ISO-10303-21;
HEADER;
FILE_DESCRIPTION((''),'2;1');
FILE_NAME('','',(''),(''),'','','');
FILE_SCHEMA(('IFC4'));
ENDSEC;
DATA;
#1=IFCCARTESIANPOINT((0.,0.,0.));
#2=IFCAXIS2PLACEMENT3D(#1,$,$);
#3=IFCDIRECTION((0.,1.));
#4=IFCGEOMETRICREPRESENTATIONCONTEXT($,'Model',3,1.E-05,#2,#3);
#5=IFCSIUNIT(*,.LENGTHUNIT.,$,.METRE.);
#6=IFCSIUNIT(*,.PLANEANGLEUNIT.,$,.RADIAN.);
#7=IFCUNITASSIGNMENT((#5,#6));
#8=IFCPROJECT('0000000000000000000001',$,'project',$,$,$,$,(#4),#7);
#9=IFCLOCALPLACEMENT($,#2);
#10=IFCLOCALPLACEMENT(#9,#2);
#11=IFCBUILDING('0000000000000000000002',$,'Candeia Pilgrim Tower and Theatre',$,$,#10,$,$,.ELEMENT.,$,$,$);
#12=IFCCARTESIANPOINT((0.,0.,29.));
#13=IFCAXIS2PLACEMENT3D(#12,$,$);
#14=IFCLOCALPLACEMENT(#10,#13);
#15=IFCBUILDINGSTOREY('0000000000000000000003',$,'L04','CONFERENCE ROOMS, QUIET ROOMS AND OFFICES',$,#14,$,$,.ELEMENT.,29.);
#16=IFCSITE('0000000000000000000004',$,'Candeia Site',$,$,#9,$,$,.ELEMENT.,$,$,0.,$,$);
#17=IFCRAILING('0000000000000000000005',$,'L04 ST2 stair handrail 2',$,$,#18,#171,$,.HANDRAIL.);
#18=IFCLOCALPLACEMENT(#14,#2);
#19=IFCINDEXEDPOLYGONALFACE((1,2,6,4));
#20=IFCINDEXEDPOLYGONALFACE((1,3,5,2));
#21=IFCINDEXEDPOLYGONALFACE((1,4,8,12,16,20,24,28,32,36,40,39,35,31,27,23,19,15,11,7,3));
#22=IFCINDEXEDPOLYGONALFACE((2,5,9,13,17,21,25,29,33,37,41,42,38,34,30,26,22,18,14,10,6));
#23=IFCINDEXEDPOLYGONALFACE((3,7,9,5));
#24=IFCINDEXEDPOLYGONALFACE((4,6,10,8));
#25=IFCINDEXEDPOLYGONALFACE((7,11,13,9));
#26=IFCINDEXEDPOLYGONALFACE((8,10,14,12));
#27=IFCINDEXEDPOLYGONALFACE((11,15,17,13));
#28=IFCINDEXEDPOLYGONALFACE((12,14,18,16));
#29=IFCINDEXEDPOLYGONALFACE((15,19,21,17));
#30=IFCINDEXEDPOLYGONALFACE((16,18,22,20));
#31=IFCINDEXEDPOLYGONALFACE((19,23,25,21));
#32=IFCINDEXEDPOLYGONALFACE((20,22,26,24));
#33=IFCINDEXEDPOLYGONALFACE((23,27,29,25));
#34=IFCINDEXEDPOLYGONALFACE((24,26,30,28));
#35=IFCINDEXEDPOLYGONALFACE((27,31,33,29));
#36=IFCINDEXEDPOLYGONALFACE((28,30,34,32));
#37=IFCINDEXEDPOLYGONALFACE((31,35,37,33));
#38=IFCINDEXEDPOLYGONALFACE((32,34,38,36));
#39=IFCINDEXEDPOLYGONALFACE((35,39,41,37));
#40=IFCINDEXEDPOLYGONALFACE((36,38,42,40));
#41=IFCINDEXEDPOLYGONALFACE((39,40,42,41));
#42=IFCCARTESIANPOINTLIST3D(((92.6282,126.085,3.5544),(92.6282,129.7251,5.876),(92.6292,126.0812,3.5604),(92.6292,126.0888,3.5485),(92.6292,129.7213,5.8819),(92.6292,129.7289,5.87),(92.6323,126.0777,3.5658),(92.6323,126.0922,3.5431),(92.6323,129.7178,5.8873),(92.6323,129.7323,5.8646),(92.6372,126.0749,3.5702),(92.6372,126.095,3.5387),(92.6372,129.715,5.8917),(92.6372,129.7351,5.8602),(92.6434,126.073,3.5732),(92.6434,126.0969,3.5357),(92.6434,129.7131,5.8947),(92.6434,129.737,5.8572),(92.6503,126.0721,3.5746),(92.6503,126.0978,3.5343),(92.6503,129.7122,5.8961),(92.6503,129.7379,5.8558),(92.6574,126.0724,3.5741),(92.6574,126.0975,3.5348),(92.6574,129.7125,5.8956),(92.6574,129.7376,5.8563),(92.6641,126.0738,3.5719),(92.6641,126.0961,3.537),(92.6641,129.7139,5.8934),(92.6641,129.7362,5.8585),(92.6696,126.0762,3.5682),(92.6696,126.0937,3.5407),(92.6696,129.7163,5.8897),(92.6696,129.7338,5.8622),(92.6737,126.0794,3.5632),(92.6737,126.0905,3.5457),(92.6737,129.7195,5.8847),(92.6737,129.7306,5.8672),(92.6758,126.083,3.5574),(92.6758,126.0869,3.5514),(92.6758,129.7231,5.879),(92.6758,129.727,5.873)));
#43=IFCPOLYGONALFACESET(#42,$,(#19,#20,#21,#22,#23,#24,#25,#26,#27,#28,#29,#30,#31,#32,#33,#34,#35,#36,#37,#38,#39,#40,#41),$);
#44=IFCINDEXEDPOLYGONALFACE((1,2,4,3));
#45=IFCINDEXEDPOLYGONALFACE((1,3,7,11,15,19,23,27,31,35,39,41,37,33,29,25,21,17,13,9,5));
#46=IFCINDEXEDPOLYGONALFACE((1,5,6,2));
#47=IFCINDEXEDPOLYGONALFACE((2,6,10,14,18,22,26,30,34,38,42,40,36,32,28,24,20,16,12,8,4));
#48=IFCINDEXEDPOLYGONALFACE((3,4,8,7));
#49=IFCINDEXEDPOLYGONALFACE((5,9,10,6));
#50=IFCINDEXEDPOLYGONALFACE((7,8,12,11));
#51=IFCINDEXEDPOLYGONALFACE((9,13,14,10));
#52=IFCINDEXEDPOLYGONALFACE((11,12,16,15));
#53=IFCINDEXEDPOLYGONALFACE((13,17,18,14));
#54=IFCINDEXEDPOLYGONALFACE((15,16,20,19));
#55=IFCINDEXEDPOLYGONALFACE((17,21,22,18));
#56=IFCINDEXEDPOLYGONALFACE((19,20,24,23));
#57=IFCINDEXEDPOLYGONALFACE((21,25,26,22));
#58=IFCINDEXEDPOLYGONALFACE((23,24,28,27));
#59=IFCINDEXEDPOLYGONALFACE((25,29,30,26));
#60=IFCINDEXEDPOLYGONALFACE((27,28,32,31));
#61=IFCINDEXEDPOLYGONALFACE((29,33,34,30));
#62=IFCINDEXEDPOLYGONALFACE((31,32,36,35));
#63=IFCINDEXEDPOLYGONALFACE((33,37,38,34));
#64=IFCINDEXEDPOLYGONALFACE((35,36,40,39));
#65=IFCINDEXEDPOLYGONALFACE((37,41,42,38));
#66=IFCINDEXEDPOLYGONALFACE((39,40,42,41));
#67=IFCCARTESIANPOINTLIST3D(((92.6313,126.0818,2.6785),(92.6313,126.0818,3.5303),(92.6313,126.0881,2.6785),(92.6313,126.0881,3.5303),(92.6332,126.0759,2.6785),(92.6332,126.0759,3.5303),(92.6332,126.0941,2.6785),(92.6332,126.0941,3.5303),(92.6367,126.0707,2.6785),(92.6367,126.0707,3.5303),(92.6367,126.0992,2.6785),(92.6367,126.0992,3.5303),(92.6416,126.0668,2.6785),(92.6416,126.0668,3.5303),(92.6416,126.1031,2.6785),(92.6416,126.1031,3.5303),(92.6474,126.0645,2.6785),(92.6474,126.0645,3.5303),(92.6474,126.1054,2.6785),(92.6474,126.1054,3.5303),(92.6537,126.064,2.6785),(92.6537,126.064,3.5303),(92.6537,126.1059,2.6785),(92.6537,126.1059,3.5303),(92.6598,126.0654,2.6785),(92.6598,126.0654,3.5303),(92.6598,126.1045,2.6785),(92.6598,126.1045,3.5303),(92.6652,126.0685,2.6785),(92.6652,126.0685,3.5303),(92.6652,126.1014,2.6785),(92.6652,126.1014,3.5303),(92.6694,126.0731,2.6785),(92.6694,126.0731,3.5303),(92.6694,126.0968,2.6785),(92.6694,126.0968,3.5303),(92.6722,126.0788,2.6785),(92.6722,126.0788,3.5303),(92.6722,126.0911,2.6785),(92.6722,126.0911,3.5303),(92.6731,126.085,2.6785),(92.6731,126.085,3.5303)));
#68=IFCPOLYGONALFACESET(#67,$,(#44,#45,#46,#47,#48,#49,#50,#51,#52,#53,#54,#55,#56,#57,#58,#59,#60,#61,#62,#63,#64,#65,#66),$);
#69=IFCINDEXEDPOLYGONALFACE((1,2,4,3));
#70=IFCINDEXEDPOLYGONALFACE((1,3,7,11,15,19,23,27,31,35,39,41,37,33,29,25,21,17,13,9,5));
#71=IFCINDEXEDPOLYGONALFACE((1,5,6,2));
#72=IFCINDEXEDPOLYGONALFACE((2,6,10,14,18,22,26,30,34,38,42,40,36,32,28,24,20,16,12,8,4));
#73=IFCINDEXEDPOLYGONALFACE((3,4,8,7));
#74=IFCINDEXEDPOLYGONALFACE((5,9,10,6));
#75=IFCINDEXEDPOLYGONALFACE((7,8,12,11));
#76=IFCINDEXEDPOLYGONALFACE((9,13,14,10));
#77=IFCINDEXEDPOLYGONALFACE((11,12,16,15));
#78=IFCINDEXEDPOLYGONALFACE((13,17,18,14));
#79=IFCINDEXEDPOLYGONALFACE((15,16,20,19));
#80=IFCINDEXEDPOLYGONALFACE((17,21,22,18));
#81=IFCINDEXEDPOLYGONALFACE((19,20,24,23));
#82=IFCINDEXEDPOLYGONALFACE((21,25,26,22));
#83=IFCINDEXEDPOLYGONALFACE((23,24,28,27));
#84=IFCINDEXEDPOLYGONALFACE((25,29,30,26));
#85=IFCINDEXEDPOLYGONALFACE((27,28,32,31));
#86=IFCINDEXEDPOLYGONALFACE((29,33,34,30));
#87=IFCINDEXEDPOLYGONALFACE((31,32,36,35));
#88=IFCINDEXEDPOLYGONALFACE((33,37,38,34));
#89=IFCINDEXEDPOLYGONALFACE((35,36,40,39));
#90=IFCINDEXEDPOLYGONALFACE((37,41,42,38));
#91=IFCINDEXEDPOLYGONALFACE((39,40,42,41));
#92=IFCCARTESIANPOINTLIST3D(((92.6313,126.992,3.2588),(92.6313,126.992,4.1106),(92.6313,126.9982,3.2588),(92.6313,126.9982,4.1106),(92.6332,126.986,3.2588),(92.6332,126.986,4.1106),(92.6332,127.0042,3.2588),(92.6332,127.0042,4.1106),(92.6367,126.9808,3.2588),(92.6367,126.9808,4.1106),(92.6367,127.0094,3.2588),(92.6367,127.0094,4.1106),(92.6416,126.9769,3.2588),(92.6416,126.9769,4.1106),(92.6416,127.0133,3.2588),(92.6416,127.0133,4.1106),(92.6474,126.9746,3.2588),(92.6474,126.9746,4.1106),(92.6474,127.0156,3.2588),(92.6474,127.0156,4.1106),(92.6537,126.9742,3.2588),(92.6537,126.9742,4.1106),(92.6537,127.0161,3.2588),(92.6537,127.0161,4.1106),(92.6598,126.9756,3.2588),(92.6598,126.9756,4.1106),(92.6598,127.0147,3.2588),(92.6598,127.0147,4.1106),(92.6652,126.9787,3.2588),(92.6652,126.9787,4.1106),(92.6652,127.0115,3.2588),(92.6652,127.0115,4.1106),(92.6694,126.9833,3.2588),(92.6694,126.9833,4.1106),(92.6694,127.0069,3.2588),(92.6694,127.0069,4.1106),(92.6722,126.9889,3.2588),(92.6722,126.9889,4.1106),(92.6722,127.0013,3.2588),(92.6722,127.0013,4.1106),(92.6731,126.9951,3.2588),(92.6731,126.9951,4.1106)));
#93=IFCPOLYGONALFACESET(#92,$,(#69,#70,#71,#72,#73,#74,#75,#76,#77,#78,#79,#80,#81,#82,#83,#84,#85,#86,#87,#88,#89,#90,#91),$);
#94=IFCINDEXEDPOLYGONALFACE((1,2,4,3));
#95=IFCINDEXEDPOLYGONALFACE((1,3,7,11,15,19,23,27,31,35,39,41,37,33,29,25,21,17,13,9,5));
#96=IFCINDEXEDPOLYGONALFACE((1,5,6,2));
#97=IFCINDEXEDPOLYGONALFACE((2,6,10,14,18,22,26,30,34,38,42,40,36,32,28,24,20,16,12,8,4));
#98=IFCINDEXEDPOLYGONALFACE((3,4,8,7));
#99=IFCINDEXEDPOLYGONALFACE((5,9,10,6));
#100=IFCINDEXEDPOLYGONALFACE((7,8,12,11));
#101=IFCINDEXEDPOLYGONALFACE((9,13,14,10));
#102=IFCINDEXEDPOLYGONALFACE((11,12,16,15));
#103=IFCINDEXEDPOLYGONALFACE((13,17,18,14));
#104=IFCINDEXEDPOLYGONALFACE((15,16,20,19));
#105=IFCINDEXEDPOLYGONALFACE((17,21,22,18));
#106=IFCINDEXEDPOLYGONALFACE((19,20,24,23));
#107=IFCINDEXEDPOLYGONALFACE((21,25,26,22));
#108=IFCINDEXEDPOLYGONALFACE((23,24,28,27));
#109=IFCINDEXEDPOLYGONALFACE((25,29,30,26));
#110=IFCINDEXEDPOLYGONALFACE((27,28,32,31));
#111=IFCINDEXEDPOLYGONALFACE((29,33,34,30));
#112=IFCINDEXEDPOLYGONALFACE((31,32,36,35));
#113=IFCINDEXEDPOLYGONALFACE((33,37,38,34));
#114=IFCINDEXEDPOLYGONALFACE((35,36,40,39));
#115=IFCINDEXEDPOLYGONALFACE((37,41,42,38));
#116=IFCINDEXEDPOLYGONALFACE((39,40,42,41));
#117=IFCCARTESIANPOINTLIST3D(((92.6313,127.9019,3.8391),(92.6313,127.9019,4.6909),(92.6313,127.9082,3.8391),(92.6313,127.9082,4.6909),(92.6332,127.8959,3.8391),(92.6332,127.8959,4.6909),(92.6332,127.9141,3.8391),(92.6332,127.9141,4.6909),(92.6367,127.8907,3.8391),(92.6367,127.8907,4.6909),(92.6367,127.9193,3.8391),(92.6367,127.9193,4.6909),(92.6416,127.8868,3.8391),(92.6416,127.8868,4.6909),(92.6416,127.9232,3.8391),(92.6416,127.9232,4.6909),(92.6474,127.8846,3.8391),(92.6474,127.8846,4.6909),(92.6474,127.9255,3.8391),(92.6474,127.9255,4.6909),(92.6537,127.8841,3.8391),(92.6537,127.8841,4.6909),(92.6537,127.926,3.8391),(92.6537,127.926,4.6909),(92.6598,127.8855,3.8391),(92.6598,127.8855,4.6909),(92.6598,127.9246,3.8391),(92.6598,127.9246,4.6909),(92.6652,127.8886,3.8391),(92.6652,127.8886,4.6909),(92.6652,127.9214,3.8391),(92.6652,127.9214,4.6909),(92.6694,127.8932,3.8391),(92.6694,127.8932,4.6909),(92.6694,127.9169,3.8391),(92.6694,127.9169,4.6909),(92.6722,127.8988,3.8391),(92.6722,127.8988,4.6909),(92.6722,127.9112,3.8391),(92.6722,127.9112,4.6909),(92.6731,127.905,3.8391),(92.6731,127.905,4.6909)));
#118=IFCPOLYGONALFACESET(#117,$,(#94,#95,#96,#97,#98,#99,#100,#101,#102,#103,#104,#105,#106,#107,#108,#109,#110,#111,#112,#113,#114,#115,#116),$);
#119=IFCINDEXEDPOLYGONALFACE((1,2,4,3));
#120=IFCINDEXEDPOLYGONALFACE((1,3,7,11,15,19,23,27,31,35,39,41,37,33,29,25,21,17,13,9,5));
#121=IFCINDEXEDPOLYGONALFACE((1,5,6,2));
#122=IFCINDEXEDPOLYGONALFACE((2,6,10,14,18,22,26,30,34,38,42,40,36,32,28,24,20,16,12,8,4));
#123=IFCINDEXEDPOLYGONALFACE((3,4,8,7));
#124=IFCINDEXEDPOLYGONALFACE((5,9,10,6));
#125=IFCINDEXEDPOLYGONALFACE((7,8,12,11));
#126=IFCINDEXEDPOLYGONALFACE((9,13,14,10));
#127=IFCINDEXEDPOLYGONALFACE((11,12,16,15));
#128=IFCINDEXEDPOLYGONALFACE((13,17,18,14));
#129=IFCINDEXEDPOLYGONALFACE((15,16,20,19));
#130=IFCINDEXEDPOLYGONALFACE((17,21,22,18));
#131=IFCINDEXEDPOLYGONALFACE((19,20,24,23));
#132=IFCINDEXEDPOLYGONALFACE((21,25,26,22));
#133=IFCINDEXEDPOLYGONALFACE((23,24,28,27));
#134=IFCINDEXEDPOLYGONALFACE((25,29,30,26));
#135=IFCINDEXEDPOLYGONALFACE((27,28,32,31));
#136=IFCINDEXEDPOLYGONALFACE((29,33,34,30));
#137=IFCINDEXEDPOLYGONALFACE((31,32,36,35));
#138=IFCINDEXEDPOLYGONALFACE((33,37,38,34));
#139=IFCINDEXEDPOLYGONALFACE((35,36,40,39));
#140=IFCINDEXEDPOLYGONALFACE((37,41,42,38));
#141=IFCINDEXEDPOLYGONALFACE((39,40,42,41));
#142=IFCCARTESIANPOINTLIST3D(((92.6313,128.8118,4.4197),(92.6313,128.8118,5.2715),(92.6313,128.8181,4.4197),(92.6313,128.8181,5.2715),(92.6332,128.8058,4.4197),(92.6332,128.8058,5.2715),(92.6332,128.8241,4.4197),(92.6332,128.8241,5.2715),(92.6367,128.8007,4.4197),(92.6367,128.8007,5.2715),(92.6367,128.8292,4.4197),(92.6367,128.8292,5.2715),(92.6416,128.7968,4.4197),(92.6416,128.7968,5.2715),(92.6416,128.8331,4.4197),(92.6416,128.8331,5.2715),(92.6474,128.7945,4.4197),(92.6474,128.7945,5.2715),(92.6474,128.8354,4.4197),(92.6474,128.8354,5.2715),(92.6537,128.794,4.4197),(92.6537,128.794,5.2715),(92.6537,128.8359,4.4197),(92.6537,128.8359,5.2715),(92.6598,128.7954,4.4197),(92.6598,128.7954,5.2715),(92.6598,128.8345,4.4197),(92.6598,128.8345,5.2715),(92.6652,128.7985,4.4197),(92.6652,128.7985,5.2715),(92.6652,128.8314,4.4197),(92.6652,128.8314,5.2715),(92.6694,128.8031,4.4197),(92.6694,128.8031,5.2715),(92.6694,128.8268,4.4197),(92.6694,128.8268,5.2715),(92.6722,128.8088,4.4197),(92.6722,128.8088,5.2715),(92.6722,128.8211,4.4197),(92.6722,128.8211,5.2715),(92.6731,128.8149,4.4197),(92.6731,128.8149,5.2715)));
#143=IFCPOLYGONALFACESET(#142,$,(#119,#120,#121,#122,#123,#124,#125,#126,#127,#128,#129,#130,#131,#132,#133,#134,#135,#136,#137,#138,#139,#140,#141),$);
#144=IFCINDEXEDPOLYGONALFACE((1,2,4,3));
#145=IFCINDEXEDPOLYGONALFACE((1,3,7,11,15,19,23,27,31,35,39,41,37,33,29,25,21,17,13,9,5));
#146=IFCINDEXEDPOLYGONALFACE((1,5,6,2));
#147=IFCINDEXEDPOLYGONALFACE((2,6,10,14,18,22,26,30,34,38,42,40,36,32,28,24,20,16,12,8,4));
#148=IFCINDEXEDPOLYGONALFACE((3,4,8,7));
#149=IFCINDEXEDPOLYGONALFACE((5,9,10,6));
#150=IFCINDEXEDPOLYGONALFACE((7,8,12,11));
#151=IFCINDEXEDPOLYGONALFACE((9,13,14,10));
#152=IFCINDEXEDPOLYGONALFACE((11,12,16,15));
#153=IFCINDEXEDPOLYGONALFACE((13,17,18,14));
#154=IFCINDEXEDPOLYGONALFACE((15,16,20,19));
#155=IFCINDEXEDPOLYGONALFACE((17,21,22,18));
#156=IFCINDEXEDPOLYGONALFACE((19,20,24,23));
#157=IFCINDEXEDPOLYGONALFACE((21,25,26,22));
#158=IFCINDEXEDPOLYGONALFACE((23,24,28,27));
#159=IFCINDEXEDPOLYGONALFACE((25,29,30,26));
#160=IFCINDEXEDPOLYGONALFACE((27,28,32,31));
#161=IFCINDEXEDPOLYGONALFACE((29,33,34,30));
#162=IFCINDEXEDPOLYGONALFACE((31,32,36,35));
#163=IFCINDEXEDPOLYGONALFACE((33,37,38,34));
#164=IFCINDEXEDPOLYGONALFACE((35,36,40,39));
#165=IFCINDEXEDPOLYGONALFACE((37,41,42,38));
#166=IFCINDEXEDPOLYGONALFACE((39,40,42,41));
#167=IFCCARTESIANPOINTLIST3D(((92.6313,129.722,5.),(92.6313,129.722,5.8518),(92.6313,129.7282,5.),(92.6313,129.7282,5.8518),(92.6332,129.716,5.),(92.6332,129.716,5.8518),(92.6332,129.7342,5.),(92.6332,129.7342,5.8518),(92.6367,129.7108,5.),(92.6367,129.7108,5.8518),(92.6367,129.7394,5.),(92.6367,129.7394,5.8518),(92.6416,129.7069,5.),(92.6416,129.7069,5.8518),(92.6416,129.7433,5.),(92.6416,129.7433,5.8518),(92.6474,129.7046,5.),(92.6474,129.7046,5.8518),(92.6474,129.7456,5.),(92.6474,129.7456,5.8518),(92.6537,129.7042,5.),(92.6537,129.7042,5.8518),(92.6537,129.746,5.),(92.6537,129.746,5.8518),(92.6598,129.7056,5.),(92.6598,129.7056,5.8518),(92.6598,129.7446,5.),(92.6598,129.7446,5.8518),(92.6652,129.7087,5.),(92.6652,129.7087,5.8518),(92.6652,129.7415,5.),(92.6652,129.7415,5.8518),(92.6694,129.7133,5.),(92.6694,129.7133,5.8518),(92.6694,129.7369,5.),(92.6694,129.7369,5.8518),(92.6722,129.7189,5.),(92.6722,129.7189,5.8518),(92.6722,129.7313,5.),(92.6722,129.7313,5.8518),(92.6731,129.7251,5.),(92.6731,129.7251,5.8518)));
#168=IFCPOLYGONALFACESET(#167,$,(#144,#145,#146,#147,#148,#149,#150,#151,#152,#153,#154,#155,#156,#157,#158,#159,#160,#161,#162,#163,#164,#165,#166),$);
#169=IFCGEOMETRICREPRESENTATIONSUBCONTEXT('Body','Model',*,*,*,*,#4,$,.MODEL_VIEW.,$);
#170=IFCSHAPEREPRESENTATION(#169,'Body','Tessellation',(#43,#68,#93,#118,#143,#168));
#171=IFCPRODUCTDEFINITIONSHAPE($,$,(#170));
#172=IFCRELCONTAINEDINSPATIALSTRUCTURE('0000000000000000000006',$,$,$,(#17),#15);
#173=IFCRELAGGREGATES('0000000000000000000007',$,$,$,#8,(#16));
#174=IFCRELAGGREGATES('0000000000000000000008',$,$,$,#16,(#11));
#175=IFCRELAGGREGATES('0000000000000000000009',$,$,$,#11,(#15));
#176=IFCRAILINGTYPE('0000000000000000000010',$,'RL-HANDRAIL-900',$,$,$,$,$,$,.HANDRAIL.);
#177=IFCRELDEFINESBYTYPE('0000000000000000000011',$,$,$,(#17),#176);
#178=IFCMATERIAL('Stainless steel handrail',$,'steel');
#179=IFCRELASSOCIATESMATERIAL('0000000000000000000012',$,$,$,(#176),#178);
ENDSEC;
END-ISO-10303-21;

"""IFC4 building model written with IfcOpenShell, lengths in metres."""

from ifc_helpers import new_model, si_unit, direction, frame, origin, origin_2d, place, context, subcontext, project, spatial, circle, extrude, material, type_object, element, save


model = new_model("IFC4")

# Units and contexts
model_context = context("Model", 3, precision=1e-05, world=origin(), true_north=direction((0.0, 1.0)))
body_context = subcontext(model_context, "Body", "Model", "MODEL_VIEW")
ifc_project = project(units=[si_unit("LENGTHUNIT", "METRE"), si_unit("PLANEANGLEUNIT", "RADIAN")], contexts=[model_context])

# Site, building, storey
site_placement = place(None, origin())
site = spatial("IfcSite", under=ifc_project, at=site_placement, Name="Candeia Site", CompositionType="ELEMENT", RefElevation=0.0)
building_placement = place(site_placement, origin())
building = spatial("IfcBuilding", under=site, at=building_placement, Name="Candeia Pilgrim Tower and Theatre", CompositionType="ELEMENT")
storey_placement = place(building_placement, frame((0.0, 0.0, 29.0)))
storey = spatial("IfcBuildingStorey", under=building, at=storey_placement, Name="L04", Description="CONFERENCE ROOMS, QUIET ROOMS AND OFFICES", CompositionType="ELEMENT", Elevation=29.0)

# Railing
ifc_material_1 = material(Name="Stainless steel handrail", Category="steel")
railing_type = type_object("IfcRailingType", Name="RL-HANDRAIL-900", PredefinedType="HANDRAIL", material=ifc_material_1)
railing_placement = place(storey_placement, frame((92.6521, 126.085, 2.6785)))
element("IfcRailing", 1, at=railing_placement, inside=storey, type_object=railing_type, Name="L04 ST2 stair handrail 2", PredefinedType="HANDRAIL", context=body_context, shape_type="SweptSolid", body=[
    extrude(circle(Radius=0.0239, at=origin_2d()), frame((0.0, 0.0, 0.876), z_axis=(0.0, 0.843128, 0.537713), x_axis=(-1.0, 0.0, 0.0)), (0.0, 0.0, 1.0), 4.3174),
    extrude(circle(Radius=0.021, at=origin_2d()), origin(), (0.0, 0.0, 1.0), 0.8518),
    extrude(circle(Radius=0.021, at=origin_2d()), frame((0.0, 0.9102, 0.5803)), (0.0, 0.0, 1.0), 0.8518),
    extrude(circle(Radius=0.021, at=origin_2d()), frame((0.0, 1.8201, 1.1606)), (0.0, 0.0, 1.0), 0.8518),
    extrude(circle(Radius=0.021, at=origin_2d()), frame((0.0, 2.73, 1.7412)), (0.0, 0.0, 1.0), 0.8518),
    extrude(circle(Radius=0.021, at=origin_2d()), frame((0.0, 3.6401, 2.3215)), (0.0, 0.0, 1.0), 0.8518),
])

save(model, "model.ifc")
